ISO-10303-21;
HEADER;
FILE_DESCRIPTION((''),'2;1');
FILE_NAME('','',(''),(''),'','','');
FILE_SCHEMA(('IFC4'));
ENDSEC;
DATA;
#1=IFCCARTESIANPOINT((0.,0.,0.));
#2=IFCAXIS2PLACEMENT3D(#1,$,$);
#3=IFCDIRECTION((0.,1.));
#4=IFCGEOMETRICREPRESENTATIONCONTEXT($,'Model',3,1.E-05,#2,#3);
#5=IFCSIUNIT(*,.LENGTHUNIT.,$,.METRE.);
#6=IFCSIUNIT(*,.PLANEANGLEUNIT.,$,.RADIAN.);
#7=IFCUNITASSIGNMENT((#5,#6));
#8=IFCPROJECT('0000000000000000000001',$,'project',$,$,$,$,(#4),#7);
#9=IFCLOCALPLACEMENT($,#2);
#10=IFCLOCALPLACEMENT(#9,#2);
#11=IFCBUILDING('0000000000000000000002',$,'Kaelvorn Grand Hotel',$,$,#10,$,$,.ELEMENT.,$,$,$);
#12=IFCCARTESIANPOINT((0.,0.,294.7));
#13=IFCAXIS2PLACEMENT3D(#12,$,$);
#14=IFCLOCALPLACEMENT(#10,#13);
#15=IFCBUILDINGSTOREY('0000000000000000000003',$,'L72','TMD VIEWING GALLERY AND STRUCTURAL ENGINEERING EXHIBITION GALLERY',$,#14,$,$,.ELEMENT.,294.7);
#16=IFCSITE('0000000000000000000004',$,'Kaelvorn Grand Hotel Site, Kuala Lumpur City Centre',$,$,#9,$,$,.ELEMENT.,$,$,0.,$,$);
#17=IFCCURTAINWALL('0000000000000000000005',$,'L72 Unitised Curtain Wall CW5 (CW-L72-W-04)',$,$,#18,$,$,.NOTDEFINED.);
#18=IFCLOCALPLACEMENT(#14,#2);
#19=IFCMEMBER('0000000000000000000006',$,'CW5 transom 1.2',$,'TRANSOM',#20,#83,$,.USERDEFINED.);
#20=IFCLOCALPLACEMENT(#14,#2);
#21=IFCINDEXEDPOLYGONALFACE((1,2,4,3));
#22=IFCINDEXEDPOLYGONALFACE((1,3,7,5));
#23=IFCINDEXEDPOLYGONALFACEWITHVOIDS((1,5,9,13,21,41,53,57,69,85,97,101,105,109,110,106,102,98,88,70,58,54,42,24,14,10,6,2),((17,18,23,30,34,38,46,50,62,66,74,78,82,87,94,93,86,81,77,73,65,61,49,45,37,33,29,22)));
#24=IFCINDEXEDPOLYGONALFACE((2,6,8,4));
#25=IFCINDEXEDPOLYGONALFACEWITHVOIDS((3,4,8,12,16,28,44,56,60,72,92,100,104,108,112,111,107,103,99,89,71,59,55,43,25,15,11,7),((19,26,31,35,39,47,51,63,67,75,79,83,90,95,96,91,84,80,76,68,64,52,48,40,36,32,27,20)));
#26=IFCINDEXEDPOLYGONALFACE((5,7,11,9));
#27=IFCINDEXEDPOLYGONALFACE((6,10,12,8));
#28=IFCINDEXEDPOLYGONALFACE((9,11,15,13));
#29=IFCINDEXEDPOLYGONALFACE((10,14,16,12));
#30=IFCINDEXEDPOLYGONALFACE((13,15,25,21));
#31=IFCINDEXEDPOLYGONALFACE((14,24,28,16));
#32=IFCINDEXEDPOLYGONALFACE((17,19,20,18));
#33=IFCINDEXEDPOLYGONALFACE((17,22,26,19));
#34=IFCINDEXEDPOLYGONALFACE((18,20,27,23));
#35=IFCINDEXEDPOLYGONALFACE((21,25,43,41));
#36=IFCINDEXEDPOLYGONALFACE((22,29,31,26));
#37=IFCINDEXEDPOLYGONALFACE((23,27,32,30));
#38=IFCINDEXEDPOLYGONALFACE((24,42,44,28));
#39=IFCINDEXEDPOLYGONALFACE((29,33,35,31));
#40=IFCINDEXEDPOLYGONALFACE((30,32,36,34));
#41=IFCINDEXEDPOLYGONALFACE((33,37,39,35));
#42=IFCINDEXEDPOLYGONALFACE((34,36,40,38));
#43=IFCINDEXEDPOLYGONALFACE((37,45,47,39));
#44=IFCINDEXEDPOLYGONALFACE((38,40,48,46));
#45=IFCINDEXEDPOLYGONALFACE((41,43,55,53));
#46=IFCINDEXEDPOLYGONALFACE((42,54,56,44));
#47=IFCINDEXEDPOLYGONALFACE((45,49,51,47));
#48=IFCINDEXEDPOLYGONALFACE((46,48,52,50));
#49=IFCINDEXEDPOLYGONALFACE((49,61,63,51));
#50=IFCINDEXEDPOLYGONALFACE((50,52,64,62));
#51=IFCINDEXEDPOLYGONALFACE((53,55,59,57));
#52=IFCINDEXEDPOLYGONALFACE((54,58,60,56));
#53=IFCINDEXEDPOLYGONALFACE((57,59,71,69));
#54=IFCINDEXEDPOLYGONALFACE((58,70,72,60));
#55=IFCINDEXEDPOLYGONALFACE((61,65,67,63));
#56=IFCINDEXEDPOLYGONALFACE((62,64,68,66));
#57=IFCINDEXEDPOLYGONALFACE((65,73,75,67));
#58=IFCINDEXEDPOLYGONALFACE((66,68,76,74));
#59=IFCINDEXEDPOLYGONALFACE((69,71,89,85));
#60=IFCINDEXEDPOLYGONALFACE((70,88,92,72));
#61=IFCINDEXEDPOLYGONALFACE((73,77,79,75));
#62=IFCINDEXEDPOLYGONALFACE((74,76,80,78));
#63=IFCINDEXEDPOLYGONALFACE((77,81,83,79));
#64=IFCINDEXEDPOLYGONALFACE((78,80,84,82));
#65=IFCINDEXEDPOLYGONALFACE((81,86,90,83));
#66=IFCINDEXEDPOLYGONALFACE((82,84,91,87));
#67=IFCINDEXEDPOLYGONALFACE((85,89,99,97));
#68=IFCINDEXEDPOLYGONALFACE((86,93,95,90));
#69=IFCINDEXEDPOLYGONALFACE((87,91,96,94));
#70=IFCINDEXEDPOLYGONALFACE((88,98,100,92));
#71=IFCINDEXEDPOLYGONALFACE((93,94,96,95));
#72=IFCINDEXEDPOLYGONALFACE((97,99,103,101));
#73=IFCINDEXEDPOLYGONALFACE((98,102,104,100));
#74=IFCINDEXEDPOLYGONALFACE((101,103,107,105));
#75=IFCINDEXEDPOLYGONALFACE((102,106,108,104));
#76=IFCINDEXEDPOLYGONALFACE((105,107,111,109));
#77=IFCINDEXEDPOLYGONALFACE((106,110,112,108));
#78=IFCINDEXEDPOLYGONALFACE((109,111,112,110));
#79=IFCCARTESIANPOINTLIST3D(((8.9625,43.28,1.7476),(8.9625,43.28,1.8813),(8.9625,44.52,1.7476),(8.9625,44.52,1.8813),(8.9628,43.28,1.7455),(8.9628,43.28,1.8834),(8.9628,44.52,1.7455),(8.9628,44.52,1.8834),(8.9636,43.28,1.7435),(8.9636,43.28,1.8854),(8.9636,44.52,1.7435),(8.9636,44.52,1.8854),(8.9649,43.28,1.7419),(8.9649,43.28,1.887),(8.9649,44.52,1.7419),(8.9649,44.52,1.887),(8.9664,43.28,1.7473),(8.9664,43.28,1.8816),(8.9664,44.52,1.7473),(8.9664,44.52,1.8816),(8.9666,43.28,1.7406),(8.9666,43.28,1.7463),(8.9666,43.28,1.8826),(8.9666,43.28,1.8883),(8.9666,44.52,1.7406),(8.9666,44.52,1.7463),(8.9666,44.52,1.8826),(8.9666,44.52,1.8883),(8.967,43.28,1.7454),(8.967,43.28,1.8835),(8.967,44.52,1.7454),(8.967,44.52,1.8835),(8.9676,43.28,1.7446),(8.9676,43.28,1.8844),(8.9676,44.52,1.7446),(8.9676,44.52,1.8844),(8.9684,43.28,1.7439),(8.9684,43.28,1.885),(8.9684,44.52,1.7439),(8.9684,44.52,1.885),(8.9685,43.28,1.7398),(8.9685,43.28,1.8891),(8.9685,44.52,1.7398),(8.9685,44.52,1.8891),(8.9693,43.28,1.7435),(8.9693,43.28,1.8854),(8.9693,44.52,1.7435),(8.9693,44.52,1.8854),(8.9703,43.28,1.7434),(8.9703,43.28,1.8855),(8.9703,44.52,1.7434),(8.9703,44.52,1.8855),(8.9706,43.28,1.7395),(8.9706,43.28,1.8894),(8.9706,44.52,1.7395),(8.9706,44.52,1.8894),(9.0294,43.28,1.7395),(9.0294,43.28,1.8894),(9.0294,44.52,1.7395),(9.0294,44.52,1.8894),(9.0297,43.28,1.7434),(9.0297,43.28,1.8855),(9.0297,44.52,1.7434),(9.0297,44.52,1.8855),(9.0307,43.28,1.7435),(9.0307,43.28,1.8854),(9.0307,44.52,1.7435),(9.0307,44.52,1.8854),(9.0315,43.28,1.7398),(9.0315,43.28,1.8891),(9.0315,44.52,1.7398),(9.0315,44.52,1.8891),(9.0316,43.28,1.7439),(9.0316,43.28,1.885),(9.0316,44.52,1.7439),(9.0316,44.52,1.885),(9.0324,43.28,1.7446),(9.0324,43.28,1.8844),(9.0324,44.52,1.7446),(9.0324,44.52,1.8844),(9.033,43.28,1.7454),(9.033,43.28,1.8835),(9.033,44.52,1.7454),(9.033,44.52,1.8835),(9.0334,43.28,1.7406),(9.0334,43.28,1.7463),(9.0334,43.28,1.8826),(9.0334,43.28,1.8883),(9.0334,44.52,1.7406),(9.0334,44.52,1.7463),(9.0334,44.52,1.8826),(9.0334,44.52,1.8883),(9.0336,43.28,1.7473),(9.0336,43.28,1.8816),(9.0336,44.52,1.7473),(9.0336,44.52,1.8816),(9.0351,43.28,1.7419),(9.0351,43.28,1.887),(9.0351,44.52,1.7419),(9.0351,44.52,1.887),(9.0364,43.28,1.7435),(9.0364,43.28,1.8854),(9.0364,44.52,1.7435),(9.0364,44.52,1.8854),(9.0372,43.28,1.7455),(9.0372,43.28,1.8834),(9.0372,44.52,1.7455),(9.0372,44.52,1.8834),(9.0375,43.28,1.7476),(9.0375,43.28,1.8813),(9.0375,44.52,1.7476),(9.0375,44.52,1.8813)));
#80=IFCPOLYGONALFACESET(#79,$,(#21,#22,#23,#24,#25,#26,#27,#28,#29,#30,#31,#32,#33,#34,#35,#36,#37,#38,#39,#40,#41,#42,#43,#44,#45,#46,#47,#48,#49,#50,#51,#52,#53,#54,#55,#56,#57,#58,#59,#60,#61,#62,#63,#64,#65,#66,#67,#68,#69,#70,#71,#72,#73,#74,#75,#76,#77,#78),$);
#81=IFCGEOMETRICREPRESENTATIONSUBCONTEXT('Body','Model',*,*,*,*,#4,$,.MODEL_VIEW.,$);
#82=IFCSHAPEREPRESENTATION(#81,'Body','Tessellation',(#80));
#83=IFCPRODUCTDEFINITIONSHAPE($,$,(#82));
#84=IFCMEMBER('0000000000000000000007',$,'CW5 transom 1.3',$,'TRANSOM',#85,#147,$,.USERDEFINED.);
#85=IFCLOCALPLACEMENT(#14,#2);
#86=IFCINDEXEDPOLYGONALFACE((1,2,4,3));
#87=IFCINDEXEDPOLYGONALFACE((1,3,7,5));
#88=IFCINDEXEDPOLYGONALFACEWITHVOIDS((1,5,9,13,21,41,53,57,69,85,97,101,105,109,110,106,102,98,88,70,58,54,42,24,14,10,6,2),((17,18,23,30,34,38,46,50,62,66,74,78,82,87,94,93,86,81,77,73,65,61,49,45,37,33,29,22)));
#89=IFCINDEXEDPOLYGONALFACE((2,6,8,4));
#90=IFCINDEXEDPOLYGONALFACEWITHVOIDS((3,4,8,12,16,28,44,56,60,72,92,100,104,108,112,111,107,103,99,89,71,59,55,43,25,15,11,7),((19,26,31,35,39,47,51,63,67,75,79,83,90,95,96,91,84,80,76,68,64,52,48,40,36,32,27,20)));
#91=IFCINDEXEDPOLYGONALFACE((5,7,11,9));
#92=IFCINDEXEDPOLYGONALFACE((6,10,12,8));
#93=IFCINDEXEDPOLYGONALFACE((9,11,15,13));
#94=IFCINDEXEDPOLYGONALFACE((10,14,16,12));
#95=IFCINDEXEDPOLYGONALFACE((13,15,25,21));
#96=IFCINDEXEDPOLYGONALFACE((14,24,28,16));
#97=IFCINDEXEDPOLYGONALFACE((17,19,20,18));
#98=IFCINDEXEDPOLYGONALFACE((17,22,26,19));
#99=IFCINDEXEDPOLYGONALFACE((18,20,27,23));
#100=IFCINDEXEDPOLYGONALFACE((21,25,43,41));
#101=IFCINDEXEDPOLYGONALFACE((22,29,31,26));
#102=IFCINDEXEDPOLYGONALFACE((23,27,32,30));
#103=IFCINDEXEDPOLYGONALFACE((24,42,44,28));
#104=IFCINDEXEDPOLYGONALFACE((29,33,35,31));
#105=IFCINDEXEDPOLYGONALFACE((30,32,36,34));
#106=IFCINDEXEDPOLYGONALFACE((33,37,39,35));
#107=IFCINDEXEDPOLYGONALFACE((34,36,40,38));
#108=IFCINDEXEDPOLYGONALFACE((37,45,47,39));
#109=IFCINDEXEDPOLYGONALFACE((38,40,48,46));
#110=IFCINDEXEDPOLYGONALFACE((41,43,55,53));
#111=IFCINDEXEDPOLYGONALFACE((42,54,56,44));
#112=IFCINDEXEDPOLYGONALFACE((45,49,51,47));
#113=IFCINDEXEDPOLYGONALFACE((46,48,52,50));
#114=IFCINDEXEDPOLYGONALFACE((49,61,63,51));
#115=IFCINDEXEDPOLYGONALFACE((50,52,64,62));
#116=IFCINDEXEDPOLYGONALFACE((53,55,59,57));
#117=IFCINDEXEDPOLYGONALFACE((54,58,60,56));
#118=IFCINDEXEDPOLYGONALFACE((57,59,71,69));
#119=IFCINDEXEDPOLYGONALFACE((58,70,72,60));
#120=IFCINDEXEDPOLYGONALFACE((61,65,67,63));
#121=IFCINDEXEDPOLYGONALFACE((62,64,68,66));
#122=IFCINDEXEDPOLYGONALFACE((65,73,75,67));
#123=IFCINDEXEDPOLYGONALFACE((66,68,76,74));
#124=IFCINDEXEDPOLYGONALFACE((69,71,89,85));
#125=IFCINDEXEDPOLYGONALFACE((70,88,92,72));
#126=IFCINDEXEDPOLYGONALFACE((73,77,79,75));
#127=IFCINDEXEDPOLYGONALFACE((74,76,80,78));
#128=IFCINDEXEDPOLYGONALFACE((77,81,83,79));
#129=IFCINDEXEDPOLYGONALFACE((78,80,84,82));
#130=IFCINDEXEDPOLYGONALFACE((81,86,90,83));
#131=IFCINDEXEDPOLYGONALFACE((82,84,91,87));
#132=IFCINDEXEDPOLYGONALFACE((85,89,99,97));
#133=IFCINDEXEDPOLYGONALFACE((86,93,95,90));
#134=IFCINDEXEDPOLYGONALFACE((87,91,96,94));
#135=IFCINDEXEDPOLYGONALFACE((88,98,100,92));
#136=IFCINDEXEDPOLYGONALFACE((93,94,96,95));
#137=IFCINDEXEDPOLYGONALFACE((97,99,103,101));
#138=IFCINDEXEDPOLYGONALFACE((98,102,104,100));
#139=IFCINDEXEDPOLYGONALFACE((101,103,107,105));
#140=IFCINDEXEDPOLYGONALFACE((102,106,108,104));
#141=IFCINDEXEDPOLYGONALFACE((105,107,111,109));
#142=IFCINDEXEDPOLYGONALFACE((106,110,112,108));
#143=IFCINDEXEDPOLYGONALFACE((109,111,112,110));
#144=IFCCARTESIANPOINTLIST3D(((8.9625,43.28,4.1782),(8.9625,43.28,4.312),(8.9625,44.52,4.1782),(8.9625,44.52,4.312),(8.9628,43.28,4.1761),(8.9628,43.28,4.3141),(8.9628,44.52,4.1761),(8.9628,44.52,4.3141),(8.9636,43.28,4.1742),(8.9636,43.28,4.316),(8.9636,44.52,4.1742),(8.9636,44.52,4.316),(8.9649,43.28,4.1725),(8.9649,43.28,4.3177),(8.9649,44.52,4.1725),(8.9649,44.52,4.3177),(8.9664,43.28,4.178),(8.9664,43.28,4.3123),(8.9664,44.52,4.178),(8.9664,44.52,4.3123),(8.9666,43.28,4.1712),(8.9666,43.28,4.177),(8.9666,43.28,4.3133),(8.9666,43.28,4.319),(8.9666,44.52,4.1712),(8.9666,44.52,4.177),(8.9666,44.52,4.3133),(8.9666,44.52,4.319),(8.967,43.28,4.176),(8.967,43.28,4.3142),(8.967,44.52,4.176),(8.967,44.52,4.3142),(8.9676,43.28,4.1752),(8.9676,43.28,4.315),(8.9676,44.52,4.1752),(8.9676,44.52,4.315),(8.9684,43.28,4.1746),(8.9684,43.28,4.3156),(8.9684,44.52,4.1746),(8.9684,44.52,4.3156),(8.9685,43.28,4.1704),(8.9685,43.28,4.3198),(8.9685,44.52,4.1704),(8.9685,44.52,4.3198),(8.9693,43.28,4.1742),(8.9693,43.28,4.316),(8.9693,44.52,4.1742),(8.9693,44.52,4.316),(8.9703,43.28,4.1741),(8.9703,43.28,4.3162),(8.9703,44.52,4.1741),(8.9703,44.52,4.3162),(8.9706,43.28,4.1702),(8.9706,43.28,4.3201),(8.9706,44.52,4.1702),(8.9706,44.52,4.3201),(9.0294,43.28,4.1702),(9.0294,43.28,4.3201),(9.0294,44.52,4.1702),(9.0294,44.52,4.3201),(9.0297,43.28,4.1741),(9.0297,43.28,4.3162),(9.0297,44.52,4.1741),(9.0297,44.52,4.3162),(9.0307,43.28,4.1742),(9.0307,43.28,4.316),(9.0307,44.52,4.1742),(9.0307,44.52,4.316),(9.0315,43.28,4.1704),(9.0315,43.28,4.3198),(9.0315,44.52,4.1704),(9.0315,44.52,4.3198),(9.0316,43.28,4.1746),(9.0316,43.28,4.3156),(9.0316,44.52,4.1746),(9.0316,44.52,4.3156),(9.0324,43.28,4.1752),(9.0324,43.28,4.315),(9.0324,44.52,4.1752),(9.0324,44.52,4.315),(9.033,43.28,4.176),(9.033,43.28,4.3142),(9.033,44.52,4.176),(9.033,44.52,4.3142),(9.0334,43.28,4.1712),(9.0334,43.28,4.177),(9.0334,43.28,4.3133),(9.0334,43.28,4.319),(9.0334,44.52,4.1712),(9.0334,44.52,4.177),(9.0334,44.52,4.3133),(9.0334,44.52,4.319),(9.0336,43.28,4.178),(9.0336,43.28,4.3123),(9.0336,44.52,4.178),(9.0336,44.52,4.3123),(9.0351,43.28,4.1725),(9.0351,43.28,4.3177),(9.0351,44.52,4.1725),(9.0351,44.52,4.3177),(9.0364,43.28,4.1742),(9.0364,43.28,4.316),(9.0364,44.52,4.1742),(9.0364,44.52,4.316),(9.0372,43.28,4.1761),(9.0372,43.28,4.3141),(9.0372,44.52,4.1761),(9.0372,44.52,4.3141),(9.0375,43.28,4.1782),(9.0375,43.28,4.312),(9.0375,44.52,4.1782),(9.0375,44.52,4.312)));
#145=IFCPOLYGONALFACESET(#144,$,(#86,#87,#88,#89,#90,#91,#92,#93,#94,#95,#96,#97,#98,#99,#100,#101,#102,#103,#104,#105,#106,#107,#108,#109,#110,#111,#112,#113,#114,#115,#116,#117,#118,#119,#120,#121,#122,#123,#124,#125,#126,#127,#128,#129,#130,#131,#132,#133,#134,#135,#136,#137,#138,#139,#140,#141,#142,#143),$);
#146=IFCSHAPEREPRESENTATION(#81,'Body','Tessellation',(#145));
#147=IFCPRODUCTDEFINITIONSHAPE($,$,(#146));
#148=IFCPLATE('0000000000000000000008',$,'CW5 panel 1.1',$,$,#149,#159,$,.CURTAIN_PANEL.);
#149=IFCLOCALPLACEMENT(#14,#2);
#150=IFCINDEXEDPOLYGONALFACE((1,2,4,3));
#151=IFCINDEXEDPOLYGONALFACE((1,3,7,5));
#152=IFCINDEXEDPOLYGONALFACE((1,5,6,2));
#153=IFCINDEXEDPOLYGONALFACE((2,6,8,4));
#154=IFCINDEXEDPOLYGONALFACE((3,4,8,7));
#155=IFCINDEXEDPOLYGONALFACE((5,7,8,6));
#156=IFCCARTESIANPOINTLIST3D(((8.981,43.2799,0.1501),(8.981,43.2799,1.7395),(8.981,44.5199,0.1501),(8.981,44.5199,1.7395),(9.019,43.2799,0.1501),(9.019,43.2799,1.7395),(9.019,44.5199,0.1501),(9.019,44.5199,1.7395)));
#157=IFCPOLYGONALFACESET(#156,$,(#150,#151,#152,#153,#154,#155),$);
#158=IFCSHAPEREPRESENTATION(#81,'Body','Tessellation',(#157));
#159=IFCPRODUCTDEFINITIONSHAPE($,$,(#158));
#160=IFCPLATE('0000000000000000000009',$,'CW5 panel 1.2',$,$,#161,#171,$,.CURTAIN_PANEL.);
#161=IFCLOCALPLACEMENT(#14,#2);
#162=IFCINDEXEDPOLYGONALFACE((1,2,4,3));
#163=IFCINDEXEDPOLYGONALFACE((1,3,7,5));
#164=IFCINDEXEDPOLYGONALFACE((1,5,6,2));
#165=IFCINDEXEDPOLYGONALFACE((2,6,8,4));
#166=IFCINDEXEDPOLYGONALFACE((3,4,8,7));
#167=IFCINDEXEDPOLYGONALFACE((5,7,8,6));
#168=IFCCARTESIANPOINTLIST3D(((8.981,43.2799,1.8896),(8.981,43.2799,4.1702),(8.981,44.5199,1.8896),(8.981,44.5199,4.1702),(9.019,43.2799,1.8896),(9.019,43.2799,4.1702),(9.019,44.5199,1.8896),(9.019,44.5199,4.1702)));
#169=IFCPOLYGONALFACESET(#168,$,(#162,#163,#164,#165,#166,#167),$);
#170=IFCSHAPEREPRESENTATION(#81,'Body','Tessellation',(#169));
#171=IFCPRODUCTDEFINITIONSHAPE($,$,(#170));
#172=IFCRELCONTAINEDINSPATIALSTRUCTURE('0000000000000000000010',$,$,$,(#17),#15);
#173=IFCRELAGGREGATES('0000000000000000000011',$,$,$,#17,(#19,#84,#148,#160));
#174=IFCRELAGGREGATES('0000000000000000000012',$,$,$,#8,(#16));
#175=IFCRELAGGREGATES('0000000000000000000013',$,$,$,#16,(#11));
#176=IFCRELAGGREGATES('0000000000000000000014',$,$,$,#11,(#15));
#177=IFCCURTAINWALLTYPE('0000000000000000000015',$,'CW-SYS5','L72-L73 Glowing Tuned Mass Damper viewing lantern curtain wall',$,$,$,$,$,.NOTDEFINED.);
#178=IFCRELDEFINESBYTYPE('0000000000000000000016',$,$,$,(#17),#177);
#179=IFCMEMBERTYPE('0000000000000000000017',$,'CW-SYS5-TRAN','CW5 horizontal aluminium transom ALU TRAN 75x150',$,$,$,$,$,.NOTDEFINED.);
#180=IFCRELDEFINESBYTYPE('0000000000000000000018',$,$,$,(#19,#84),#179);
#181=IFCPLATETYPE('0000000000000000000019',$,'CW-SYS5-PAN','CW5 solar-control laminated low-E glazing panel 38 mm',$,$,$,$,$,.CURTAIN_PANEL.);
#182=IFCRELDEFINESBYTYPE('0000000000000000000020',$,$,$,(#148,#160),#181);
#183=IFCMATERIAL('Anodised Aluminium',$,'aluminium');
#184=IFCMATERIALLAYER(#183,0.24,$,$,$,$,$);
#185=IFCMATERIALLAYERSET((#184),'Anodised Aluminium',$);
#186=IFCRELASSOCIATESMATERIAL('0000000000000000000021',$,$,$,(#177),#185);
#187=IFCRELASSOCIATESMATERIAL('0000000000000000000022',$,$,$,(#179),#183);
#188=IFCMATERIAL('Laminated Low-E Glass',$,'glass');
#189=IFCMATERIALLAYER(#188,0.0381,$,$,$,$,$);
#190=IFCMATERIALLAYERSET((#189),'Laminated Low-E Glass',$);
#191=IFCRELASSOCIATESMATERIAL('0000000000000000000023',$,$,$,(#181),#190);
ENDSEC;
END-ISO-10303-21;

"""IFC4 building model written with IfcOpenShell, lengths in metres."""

from ifc_helpers import new_model, si_unit, direction, frame, origin, origin_2d, place, context, subcontext, project, spatial, rectangle, hollow_rectangle, extrude, material, layer, layer_set, material_profile, profile_set, type_object, element, aggregate, save


model = new_model("IFC4")

# Units and contexts
model_context = context("Model", 3, precision=1e-05, world=origin(), true_north=direction((0.0, 1.0)))
body_context = subcontext(model_context, "Body", "Model", "MODEL_VIEW")
ifc_project = project(units=[si_unit("LENGTHUNIT", "METRE"), si_unit("PLANEANGLEUNIT", "RADIAN")], contexts=[model_context])

# Site, building, storey
site_placement = place(None, origin())
site = spatial("IfcSite", under=ifc_project, at=site_placement, Name="Kaelvorn Grand Hotel Site, Kuala Lumpur City Centre", CompositionType="ELEMENT", RefElevation=0.0)
building_placement = place(site_placement, origin())
building = spatial("IfcBuilding", under=site, at=building_placement, Name="Kaelvorn Grand Hotel", CompositionType="ELEMENT")
storey_placement = place(building_placement, frame((0.0, 0.0, 294.7)))
storey = spatial("IfcBuildingStorey", under=building, at=storey_placement, Name="L72", Description="TMD VIEWING GALLERY AND STRUCTURAL ENGINEERING EXHIBITION GALLERY", CompositionType="ELEMENT", Elevation=294.7)

# Curtain wall, members, plates
ifc_material_1 = material(Name="Anodised Aluminium", Category="aluminium")
ifc_layer_1 = layer(ifc_material_1, 0.24)
ifc_layer_set_1 = layer_set([ifc_layer_1], Name="Anodised Aluminium")
curtain_wall_type = type_object("IfcCurtainWallType", Name="CW-SYS5", Description="L72-L73 Glowing Tuned Mass Damper viewing lantern curtain wall", PredefinedType="NOTDEFINED", material=ifc_layer_set_1)
curtain_wall_placement = place(storey_placement, origin())
curtain_wall = element("IfcCurtainWall", 1, at=curtain_wall_placement, inside=storey, type_object=curtain_wall_type, Name="L72 Unitised Curtain Wall CW5 (CW-L72-W-04)", PredefinedType="NOTDEFINED")
ifc_material_profile_1 = material_profile(ifc_material_1, hollow_rectangle(XDim=0.075, YDim=0.1499, WallThickness=0.0039, InnerFilletRadius=0.0039, OuterFilletRadius=0.0081, at=origin_2d()), Name="ALU TRAN 75x150")
ifc_profile_set_1 = profile_set([ifc_material_profile_1], Name="Anodised Aluminium")
member_type_1 = type_object("IfcMemberType", Name="CW-SYS5-TRAN", Description="CW5 horizontal aluminium transom ALU TRAN 75x150", PredefinedType="NOTDEFINED", material=ifc_profile_set_1)
member_1_placement = place(storey_placement, frame((9.0, 44.52, 1.8145), z_axis=(0.0, -1.0, 0.0), x_axis=(1.0, 0.0, 0.0)))
member_1 = element("IfcMember", 2, at=member_1_placement, type_object=member_type_1, Name="CW5 transom 1.2", ObjectType="TRANSOM", PredefinedType="USERDEFINED", context=body_context, shape_type="SweptSolid", body=[
    extrude(hollow_rectangle(XDim=0.075, YDim=0.1499, WallThickness=0.0039, InnerFilletRadius=0.0039, OuterFilletRadius=0.0081, at=origin_2d()), origin(), (0.0, 0.0, 1.0), 1.24),
])
member_2_placement = place(storey_placement, frame((9.0, 44.52, 4.2451), z_axis=(0.0, -1.0, 0.0), x_axis=(1.0, 0.0, 0.0)))
member_2 = element("IfcMember", 3, at=member_2_placement, type_object=member_type_1, Name="CW5 transom 1.3", ObjectType="TRANSOM", PredefinedType="USERDEFINED", context=body_context, shape_type="SweptSolid", body=[
    extrude(hollow_rectangle(XDim=0.075, YDim=0.1499, WallThickness=0.0039, InnerFilletRadius=0.0039, OuterFilletRadius=0.0081, at=origin_2d()), origin(), (0.0, 0.0, 1.0), 1.24),
])
ifc_material_2 = material(Name="Laminated Low-E Glass", Category="glass")
ifc_layer_2 = layer(ifc_material_2, 0.0381)
ifc_layer_set_2 = layer_set([ifc_layer_2], Name="Laminated Low-E Glass")
plate_type = type_object("IfcPlateType", Name="CW-SYS5-PAN", Description="CW5 solar-control laminated low-E glazing panel 38 mm", PredefinedType="CURTAIN_PANEL", material=ifc_layer_set_2)
plate_1_placement = place(storey_placement, frame((9.0, 43.8999, 0.1501), z_axis=(0.0, 0.0, 1.0), x_axis=(0.0, -1.0, 0.0)))
plate_1 = element("IfcPlate", 4, at=plate_1_placement, type_object=plate_type, Name="CW5 panel 1.1", PredefinedType="CURTAIN_PANEL", context=body_context, shape_type="SweptSolid", body=[
    extrude(rectangle(XDim=1.24, YDim=0.0381, at=origin_2d()), origin(), (0.0, 0.0, 1.0), 1.5894),
])
plate_2_placement = place(storey_placement, frame((9.0, 43.8999, 1.8896), z_axis=(0.0, 0.0, 1.0), x_axis=(0.0, -1.0, 0.0)))
plate_2 = element("IfcPlate", 5, at=plate_2_placement, type_object=plate_type, Name="CW5 panel 1.2", PredefinedType="CURTAIN_PANEL", context=body_context, shape_type="SweptSolid", body=[
    extrude(rectangle(XDim=1.24, YDim=0.0381, at=origin_2d()), origin(), (0.0, 0.0, 1.0), 2.2805),
])
aggregate(curtain_wall, [member_1, member_2, plate_1, plate_2])

save(model, "model.ifc")
